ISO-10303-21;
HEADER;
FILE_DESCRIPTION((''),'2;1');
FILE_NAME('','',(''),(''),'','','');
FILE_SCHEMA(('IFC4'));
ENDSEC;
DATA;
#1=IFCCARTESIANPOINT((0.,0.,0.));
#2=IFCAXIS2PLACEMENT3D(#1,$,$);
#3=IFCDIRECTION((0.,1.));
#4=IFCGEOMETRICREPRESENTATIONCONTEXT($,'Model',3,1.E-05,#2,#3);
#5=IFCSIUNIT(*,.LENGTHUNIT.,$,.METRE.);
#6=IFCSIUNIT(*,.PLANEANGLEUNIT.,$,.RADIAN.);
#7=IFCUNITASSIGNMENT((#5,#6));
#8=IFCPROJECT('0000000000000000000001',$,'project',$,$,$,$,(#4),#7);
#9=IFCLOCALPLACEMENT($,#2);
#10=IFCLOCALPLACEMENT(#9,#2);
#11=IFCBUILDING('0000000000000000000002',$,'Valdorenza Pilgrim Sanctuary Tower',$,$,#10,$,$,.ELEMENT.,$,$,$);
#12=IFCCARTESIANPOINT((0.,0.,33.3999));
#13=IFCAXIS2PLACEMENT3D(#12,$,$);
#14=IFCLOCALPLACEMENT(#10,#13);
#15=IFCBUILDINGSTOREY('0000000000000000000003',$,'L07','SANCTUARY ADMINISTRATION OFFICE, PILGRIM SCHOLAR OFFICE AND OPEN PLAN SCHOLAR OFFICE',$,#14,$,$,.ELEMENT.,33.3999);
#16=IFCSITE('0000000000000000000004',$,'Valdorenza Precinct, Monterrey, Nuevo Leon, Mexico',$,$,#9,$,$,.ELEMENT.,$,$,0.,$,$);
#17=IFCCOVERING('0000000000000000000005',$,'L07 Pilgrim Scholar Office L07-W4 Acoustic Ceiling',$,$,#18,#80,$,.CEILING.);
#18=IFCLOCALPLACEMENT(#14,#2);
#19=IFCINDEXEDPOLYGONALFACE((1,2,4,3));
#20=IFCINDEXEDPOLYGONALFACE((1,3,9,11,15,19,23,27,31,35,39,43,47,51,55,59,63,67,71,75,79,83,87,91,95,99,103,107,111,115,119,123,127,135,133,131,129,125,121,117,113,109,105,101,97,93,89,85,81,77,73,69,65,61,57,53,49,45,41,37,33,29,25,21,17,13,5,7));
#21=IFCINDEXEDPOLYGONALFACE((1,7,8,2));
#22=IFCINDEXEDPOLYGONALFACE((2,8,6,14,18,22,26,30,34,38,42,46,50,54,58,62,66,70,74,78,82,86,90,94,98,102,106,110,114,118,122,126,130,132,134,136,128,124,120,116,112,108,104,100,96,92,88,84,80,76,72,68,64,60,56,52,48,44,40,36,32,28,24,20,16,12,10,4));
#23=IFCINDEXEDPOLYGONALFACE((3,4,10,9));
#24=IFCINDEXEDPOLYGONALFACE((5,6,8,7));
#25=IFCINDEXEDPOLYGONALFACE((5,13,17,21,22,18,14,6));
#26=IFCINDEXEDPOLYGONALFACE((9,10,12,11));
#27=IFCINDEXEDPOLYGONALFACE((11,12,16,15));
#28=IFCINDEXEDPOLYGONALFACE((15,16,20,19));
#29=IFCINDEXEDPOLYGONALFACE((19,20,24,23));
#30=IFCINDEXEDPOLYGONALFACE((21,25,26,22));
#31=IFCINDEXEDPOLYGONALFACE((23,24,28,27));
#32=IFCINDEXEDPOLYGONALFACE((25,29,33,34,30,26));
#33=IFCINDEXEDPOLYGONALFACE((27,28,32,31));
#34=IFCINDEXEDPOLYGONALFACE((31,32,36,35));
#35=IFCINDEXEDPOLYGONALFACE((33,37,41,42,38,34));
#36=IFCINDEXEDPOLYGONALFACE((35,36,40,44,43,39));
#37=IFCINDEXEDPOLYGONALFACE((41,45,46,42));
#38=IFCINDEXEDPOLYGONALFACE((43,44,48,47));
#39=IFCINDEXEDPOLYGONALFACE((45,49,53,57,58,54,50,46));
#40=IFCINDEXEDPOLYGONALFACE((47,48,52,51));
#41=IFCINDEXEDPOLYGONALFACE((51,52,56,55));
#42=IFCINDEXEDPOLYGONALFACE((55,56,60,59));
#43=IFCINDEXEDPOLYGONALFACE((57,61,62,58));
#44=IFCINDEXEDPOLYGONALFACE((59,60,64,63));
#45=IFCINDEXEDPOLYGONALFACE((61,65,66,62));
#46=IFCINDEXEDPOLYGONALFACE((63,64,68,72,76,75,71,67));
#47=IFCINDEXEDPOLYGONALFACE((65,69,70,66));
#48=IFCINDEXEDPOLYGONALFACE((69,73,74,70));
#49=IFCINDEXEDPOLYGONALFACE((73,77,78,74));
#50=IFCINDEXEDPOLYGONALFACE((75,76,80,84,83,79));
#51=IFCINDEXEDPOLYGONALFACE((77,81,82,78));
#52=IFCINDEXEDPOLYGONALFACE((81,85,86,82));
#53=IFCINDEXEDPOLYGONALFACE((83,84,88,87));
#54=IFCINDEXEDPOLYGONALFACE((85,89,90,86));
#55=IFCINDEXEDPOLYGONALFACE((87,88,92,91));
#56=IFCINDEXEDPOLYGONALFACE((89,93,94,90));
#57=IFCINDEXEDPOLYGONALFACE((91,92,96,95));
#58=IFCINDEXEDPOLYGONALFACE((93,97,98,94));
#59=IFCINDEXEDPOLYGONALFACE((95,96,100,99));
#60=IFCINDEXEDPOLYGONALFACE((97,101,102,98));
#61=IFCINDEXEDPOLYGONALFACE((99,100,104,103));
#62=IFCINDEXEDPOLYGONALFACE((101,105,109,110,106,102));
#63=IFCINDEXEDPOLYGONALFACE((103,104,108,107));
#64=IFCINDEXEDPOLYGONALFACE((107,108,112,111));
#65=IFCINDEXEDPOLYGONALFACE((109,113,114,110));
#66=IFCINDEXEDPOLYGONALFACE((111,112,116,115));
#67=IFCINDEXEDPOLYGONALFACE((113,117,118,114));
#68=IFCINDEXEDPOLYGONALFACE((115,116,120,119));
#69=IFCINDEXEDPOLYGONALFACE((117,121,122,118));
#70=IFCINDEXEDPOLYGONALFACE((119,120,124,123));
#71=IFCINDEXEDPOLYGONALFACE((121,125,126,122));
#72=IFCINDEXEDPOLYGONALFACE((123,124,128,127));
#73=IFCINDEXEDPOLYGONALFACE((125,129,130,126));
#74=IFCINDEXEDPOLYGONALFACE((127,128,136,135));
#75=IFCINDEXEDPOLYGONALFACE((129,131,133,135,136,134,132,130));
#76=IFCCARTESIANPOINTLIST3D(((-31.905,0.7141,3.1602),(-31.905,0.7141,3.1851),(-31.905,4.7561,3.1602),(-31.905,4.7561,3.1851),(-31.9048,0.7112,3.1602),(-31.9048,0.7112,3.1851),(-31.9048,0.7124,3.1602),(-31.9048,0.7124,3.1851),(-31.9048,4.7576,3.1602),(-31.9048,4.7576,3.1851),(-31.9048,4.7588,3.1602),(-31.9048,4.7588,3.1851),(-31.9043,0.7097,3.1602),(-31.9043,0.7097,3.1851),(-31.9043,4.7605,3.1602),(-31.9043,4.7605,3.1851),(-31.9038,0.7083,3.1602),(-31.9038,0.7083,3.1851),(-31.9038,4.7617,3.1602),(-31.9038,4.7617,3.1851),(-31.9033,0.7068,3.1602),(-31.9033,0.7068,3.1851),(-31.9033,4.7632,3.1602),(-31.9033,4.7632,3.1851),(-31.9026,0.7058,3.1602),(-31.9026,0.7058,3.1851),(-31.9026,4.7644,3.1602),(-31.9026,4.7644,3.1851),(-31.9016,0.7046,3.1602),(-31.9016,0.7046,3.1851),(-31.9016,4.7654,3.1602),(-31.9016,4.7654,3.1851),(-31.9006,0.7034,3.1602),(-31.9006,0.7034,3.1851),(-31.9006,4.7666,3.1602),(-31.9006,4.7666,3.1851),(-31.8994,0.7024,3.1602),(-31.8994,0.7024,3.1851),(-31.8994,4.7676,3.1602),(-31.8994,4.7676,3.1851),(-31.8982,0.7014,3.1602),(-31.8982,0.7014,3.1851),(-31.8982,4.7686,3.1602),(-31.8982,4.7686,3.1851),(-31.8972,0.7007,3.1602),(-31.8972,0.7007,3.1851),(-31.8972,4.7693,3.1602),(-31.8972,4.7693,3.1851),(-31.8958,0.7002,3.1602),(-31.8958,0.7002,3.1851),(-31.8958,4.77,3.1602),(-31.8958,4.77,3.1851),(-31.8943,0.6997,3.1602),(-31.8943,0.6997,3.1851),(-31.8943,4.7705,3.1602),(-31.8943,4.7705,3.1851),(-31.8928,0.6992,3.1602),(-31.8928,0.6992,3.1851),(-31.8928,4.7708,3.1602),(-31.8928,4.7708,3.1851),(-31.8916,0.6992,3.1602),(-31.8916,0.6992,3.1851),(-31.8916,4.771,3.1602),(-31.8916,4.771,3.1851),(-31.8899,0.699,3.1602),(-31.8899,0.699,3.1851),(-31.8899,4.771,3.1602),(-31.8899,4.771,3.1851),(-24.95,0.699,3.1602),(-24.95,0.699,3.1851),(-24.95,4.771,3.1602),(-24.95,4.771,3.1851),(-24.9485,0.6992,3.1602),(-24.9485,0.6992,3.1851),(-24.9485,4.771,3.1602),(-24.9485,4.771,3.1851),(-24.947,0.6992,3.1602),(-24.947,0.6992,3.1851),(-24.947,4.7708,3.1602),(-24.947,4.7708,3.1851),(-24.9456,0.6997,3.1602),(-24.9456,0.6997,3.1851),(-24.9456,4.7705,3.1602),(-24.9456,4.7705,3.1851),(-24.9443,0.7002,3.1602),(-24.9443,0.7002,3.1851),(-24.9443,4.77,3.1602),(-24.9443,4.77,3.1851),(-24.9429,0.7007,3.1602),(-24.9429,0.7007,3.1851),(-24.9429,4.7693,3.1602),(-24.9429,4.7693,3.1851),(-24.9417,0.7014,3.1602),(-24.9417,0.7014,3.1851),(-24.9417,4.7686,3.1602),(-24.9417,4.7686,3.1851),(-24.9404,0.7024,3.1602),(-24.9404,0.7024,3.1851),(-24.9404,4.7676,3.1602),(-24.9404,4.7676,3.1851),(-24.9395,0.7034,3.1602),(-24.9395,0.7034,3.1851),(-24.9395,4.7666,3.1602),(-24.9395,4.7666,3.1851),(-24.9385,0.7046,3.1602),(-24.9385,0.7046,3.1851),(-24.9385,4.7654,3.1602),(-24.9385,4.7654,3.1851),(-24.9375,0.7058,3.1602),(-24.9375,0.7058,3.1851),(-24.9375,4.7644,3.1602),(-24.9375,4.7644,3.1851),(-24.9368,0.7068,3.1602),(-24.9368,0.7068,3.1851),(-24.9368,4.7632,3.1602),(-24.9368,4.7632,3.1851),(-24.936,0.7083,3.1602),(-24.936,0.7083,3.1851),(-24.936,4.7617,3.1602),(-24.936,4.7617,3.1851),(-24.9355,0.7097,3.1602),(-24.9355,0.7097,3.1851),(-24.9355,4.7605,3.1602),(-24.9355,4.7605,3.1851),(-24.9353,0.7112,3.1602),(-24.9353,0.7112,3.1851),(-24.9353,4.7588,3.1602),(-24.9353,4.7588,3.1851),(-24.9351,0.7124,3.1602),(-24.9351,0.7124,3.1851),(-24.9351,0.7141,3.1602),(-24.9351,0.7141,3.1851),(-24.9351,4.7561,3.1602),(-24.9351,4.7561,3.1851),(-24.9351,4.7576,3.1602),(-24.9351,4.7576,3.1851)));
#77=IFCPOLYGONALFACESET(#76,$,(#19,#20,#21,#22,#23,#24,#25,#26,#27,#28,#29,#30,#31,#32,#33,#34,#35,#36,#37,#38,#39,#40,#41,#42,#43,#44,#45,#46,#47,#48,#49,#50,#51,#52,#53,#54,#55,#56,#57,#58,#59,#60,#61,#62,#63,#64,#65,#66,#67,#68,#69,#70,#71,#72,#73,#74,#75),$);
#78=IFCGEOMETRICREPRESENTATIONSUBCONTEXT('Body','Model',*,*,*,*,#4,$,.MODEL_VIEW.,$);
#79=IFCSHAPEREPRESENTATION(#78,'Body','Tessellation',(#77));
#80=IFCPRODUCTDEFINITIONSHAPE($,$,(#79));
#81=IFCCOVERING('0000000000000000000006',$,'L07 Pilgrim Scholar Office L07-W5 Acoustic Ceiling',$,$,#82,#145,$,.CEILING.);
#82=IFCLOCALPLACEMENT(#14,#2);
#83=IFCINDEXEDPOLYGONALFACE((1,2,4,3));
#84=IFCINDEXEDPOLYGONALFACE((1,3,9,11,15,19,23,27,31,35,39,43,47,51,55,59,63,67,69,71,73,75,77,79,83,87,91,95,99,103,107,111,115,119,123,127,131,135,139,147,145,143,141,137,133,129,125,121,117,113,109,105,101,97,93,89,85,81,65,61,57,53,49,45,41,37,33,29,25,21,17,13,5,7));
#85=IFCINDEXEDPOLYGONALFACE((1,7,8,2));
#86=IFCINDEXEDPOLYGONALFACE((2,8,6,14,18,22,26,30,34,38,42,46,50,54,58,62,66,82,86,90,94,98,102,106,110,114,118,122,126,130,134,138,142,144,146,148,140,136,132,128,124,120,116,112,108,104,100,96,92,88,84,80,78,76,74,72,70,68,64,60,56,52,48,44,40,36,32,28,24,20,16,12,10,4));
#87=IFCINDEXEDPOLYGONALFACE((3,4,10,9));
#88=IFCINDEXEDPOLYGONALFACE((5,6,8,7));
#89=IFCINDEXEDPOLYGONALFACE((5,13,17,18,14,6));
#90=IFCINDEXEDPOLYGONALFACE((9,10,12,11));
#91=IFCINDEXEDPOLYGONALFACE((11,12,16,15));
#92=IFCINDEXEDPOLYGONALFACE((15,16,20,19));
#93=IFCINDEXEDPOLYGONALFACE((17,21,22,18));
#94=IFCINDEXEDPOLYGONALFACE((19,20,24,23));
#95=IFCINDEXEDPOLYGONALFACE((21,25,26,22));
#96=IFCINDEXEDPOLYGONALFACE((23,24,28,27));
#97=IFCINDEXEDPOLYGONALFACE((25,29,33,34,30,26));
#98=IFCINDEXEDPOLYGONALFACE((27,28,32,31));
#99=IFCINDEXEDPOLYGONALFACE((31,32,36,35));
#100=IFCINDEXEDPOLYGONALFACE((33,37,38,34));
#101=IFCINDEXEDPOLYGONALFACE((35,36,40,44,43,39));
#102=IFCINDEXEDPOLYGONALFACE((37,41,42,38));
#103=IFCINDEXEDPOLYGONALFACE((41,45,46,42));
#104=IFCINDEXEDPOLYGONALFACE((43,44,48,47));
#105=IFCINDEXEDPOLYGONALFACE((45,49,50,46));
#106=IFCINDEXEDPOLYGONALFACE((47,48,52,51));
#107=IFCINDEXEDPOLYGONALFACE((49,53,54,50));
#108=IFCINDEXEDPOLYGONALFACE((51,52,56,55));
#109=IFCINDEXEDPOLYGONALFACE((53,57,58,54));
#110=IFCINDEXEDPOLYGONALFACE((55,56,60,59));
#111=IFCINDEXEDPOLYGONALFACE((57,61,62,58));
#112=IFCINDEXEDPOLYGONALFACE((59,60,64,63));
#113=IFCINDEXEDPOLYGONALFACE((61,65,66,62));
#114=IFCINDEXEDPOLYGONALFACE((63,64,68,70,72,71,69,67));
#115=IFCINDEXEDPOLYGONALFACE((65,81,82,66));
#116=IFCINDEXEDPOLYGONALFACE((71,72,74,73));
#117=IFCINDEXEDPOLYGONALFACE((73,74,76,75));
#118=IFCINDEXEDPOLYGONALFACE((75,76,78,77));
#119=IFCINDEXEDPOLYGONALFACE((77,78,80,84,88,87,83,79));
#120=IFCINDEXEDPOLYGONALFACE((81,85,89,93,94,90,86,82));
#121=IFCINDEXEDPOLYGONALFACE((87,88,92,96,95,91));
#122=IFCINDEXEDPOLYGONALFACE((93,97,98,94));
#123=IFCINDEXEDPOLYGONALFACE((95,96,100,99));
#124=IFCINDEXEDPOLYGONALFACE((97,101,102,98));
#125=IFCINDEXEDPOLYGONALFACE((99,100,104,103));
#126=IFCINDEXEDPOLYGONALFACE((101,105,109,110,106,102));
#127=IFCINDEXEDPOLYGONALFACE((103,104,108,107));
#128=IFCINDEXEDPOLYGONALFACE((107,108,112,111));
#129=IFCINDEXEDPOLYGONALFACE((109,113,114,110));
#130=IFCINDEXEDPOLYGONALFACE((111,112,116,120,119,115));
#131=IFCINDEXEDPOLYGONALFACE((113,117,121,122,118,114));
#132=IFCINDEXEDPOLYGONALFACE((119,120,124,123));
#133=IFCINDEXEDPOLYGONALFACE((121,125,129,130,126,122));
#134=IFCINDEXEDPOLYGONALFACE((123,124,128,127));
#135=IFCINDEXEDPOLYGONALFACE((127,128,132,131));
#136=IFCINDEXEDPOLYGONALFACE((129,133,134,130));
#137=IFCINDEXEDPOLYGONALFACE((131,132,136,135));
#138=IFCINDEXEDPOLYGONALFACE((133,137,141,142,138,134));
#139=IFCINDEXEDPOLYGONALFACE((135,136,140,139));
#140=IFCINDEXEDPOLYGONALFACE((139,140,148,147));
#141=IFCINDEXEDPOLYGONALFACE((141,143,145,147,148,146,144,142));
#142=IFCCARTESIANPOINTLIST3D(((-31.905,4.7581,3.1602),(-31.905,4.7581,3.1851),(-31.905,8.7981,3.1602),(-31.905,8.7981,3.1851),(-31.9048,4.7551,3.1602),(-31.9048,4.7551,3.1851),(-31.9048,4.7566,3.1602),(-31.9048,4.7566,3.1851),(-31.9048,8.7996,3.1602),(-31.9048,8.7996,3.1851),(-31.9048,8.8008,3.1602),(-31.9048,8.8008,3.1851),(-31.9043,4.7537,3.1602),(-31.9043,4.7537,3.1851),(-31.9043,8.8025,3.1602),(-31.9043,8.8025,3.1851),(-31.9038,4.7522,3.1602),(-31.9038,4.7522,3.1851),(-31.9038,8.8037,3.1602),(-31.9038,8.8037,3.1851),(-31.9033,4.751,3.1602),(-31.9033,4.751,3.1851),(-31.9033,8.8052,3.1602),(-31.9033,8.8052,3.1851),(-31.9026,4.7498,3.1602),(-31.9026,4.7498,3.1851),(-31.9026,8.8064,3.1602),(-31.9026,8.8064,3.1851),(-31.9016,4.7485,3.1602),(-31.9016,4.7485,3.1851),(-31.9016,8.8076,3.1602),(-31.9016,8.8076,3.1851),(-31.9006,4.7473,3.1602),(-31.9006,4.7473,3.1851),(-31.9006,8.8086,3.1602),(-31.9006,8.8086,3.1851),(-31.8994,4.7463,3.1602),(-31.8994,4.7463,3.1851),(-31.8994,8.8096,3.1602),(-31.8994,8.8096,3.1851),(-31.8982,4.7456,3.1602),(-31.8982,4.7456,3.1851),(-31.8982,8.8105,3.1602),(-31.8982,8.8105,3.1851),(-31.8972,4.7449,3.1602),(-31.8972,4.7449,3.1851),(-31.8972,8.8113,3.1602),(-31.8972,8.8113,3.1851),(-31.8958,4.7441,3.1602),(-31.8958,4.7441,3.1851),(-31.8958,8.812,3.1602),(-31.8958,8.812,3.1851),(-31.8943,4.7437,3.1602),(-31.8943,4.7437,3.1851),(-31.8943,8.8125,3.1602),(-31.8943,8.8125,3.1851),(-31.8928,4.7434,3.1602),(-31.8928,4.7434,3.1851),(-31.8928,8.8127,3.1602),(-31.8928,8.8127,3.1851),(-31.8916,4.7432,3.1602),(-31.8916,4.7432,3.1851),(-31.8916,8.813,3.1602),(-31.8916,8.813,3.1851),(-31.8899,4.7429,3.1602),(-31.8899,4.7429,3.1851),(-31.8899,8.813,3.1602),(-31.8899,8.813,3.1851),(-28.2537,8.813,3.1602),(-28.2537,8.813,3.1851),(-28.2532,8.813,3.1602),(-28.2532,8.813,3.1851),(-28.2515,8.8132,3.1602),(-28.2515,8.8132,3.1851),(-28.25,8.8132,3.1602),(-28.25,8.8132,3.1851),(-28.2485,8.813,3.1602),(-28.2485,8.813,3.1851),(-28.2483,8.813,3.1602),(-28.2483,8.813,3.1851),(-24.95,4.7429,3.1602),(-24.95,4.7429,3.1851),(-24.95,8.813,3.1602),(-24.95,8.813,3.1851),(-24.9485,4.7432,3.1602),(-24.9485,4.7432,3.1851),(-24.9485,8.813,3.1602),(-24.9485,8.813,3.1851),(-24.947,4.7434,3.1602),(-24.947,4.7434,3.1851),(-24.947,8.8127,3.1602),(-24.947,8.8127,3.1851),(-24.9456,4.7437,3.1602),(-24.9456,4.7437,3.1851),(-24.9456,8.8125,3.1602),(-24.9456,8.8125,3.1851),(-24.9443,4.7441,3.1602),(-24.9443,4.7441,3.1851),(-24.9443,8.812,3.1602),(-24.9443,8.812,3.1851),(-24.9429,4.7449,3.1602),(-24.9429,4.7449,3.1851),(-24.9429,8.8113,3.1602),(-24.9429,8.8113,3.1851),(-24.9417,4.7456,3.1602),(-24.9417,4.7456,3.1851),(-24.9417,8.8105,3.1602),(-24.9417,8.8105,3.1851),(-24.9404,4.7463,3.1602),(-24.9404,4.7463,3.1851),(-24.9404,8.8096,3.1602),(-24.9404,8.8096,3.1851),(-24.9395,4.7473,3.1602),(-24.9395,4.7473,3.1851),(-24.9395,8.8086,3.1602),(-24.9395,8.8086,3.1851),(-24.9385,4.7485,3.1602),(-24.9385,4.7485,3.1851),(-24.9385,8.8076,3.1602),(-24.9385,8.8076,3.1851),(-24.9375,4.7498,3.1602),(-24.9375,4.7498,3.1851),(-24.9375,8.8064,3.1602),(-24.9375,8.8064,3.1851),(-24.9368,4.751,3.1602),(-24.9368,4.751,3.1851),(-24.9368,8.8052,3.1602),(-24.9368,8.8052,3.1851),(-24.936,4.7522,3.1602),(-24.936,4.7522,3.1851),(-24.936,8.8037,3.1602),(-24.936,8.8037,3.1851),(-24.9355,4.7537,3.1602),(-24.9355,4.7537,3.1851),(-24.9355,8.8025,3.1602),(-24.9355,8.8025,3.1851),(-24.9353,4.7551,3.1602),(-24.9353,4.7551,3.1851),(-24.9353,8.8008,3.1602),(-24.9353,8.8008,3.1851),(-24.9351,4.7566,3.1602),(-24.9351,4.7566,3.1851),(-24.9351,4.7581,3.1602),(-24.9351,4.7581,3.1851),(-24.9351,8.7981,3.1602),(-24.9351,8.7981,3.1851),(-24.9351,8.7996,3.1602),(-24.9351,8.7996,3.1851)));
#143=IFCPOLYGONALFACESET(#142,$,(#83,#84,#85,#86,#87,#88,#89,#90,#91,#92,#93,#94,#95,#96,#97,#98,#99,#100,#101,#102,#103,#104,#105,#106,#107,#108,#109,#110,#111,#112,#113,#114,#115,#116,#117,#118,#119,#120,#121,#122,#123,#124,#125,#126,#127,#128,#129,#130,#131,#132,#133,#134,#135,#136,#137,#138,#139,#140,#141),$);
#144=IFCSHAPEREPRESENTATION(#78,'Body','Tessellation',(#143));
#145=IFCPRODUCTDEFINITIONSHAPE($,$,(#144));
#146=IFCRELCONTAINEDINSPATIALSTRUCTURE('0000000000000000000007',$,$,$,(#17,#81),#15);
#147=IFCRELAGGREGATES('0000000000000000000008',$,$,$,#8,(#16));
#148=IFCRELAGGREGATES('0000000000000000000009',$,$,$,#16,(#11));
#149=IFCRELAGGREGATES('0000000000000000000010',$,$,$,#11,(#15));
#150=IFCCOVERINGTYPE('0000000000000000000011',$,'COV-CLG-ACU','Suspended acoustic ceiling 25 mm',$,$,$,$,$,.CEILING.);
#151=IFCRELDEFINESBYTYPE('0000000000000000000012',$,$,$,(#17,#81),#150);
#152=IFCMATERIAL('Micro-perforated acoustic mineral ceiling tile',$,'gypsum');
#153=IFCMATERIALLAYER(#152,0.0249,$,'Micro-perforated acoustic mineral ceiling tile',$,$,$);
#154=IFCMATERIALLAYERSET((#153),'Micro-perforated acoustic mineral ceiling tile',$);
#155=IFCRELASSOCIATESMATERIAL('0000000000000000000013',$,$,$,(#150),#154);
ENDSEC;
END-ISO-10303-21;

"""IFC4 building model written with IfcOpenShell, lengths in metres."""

from ifc_helpers import new_model, si_unit, direction, frame, origin, place, context, subcontext, project, spatial, polyline, outline, extrude, material, layer, layer_set, type_object, element, save


model = new_model("IFC4")

# Units and contexts
model_context = context("Model", 3, precision=1e-05, world=origin(), true_north=direction((0.0, 1.0)))
body_context = subcontext(model_context, "Body", "Model", "MODEL_VIEW")
ifc_project = project(units=[si_unit("LENGTHUNIT", "METRE"), si_unit("PLANEANGLEUNIT", "RADIAN")], contexts=[model_context])

# Site, building, storey
site_placement = place(None, origin())
site = spatial("IfcSite", under=ifc_project, at=site_placement, Name="Valdorenza Precinct, Monterrey, Nuevo Leon, Mexico", CompositionType="ELEMENT", RefElevation=0.0)
building_placement = place(site_placement, origin())
building = spatial("IfcBuilding", under=site, at=building_placement, Name="Valdorenza Pilgrim Sanctuary Tower", CompositionType="ELEMENT")
storey_placement = place(building_placement, frame((0.0, 0.0, 33.3999)))
storey = spatial("IfcBuildingStorey", under=building, at=storey_placement, Name="L07", Description="SANCTUARY ADMINISTRATION OFFICE, PILGRIM SCHOLAR OFFICE AND OPEN PLAN SCHOLAR OFFICE", CompositionType="ELEMENT", Elevation=33.3999)

# Coverings
ifc_material_1 = material(Name="Micro-perforated acoustic mineral ceiling tile", Category="gypsum")
ifc_layer_1 = layer(ifc_material_1, 0.0249, Name="Micro-perforated acoustic mineral ceiling tile")
ifc_layer_set_1 = layer_set([ifc_layer_1], Name="Micro-perforated acoustic mineral ceiling tile")
covering_type_1 = type_object("IfcCoveringType", Name="COV-CLG-ACU", Description="Suspended acoustic ceiling 25 mm", PredefinedType="CEILING", material=ifc_layer_set_1)
covering_1_placement = place(storey_placement, frame((0.0, 0.0, 3.1602)))
element("IfcCovering", 1, at=covering_1_placement, inside=storey, type_object=covering_type_1, Name="L07 Pilgrim Scholar Office L07-W4 Acoustic Ceiling", PredefinedType="CEILING", context=body_context, shape_type="SweptSolid", body=[
    extrude(outline(polyline([(-24.9351, 0.7141), (-24.9351, 0.7124), (-24.9353, 0.7112), (-24.9355, 0.7097), (-24.936, 0.7083), (-24.9368, 0.7068), (-24.9375, 0.7058), (-24.9385, 0.7046), (-24.9395, 0.7034), (-24.9404, 0.7024), (-24.9417, 0.7014), (-24.9429, 0.7007), (-24.9443, 0.7002), (-24.9456, 0.6997), (-24.947, 0.6992), (-24.9485, 0.6992), (-24.95, 0.699), (-31.8899, 0.699), (-31.8916, 0.6992), (-31.8928, 0.6992), (-31.8943, 0.6997), (-31.8958, 0.7002), (-31.8972, 0.7007), (-31.8982, 0.7014), (-31.8994, 0.7024), (-31.9006, 0.7034), (-31.9016, 0.7046), (-31.9026, 0.7058), (-31.9033, 0.7068), (-31.9038, 0.7083), (-31.9043, 0.7097), (-31.9048, 0.7112), (-31.9048, 0.7124), (-31.905, 0.7141), (-31.905, 4.7561), (-31.9048, 4.7576), (-31.9048, 4.7588), (-31.9043, 4.7605), (-31.9038, 4.7617), (-31.9033, 4.7632), (-31.9026, 4.7644), (-31.9016, 4.7654), (-31.9006, 4.7666), (-31.8994, 4.7676), (-31.8982, 4.7686), (-31.8972, 4.7693), (-31.8958, 4.77), (-31.8943, 4.7705), (-31.8928, 4.7708), (-31.8916, 4.771), (-31.8899, 4.771), (-24.95, 4.771), (-24.9485, 4.771), (-24.947, 4.7708), (-24.9456, 4.7705), (-24.9443, 4.77), (-24.9429, 4.7693), (-24.9417, 4.7686), (-24.9404, 4.7676), (-24.9395, 4.7666), (-24.9385, 4.7654), (-24.9375, 4.7644), (-24.9368, 4.7632), (-24.936, 4.7617), (-24.9355, 4.7605), (-24.9353, 4.7588), (-24.9351, 4.7576), (-24.9351, 4.7561), (-24.9351, 0.7141)])), origin(), (0.0, 0.0, 1.0), 0.0249),
])
covering_2_placement = place(storey_placement, frame((0.0, 0.0, 3.1602)))
element("IfcCovering", 2, at=covering_2_placement, inside=storey, type_object=covering_type_1, Name="L07 Pilgrim Scholar Office L07-W5 Acoustic Ceiling", PredefinedType="CEILING", context=body_context, shape_type="SweptSolid", body=[
    extrude(outline(polyline([(-28.2537, 8.813), (-28.2532, 8.813), (-28.2515, 8.8132), (-28.25, 8.8132), (-28.2485, 8.813), (-28.2483, 8.813), (-24.95, 8.813), (-24.9485, 8.813), (-24.947, 8.8127), (-24.9456, 8.8125), (-24.9443, 8.812), (-24.9429, 8.8113), (-24.9417, 8.8105), (-24.9404, 8.8096), (-24.9395, 8.8086), (-24.9385, 8.8076), (-24.9375, 8.8064), (-24.9368, 8.8052), (-24.936, 8.8037), (-24.9355, 8.8025), (-24.9353, 8.8008), (-24.9351, 8.7996), (-24.9351, 8.7981), (-24.9351, 4.7581), (-24.9351, 4.7566), (-24.9353, 4.7551), (-24.9355, 4.7537), (-24.936, 4.7522), (-24.9368, 4.751), (-24.9375, 4.7498), (-24.9385, 4.7485), (-24.9395, 4.7473), (-24.9404, 4.7463), (-24.9417, 4.7456), (-24.9429, 4.7449), (-24.9443, 4.7441), (-24.9456, 4.7437), (-24.947, 4.7434), (-24.9485, 4.7432), (-24.95, 4.7429), (-31.8899, 4.7429), (-31.8916, 4.7432), (-31.8928, 4.7434), (-31.8943, 4.7437), (-31.8958, 4.7441), (-31.8972, 4.7449), (-31.8982, 4.7456), (-31.8994, 4.7463), (-31.9006, 4.7473), (-31.9016, 4.7485), (-31.9026, 4.7498), (-31.9033, 4.751), (-31.9038, 4.7522), (-31.9043, 4.7537), (-31.9048, 4.7551), (-31.9048, 4.7566), (-31.905, 4.7581), (-31.905, 8.7981), (-31.9048, 8.7996), (-31.9048, 8.8008), (-31.9043, 8.8025), (-31.9038, 8.8037), (-31.9033, 8.8052), (-31.9026, 8.8064), (-31.9016, 8.8076), (-31.9006, 8.8086), (-31.8994, 8.8096), (-31.8982, 8.8105), (-31.8972, 8.8113), (-31.8958, 8.812), (-31.8943, 8.8125), (-31.8928, 8.8127), (-31.8916, 8.813), (-31.8899, 8.813), (-28.2537, 8.813)])), origin(), (0.0, 0.0, 1.0), 0.0249),
])

save(model, "model.ifc")
